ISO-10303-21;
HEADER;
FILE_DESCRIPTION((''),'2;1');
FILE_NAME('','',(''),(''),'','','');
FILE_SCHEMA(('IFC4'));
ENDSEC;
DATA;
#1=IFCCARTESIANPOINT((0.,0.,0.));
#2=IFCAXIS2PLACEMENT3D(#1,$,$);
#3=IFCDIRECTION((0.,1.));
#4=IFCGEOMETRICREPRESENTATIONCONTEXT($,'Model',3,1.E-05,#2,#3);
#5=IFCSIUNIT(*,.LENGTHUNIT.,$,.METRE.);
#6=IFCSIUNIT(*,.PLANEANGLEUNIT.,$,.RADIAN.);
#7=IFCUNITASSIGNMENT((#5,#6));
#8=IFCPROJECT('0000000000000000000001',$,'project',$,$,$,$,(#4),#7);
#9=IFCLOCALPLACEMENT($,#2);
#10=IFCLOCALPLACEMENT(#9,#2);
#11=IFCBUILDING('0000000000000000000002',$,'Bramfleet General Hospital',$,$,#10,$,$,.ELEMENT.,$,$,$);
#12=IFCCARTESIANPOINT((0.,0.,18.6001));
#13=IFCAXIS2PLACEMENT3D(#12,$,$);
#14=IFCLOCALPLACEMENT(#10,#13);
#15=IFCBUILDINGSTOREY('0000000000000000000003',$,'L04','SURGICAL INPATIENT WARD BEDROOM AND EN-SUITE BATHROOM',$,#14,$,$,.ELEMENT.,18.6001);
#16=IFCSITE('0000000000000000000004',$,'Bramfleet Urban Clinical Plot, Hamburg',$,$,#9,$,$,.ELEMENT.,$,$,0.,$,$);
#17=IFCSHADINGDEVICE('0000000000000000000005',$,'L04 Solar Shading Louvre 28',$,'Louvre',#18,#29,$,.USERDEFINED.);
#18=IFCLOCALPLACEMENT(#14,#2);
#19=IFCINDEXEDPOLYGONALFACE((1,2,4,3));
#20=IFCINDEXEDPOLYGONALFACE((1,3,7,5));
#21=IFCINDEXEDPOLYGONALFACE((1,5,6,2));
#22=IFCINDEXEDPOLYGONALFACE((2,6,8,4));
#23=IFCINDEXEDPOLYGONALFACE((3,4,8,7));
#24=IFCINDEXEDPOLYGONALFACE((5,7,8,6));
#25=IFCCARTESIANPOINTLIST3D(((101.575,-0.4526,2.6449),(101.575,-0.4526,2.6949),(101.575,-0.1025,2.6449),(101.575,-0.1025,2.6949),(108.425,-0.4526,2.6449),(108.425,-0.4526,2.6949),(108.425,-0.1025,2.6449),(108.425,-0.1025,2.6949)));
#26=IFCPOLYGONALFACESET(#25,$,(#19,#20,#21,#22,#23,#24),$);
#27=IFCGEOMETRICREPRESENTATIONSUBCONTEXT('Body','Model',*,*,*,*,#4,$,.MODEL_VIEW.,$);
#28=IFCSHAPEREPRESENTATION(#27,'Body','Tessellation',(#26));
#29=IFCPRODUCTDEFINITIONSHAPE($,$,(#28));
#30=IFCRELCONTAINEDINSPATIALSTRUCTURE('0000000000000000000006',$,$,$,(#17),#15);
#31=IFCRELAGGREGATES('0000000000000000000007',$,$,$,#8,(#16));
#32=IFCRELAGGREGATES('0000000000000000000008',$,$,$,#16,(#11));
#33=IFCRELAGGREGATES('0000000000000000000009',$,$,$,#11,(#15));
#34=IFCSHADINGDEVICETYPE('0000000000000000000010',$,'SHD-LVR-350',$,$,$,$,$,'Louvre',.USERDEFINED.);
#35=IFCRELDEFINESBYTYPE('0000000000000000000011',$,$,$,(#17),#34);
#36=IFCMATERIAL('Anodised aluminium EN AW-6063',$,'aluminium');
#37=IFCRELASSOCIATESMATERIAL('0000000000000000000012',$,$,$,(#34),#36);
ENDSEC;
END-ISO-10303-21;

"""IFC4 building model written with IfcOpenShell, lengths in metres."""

from ifc_helpers import new_model, si_unit, direction, frame, origin, origin_2d, place, context, subcontext, project, spatial, rectangle, extrude, material, material_profile, profile_set, type_object, element, save


model = new_model("IFC4")

# Units and contexts
model_context = context("Model", 3, precision=1e-05, world=origin(), true_north=direction((0.0, 1.0)))
body_context = subcontext(model_context, "Body", "Model", "MODEL_VIEW")
ifc_project = project(units=[si_unit("LENGTHUNIT", "METRE"), si_unit("PLANEANGLEUNIT", "RADIAN")], contexts=[model_context])

# Site, building, storey
site_placement = place(None, origin())
site = spatial("IfcSite", under=ifc_project, at=site_placement, Name="Bramfleet Urban Clinical Plot, Hamburg", CompositionType="ELEMENT", RefElevation=0.0)
building_placement = place(site_placement, origin())
building = spatial("IfcBuilding", under=site, at=building_placement, Name="Bramfleet General Hospital", CompositionType="ELEMENT")
storey_placement = place(building_placement, frame((0.0, 0.0, 18.6001)))
storey = spatial("IfcBuildingStorey", under=building, at=storey_placement, Name="L04", Description="SURGICAL INPATIENT WARD BEDROOM AND EN-SUITE BATHROOM", CompositionType="ELEMENT", Elevation=18.6001)

# Shading device
ifc_material_1 = material(Name="Anodised aluminium EN AW-6063", Category="aluminium")
ifc_material_profile_1 = material_profile(ifc_material_1, rectangle(XDim=0.05, YDim=0.3501, at=origin_2d()), Name="ALU LOUVRE 350x50")
ifc_profile_set_1 = profile_set([ifc_material_profile_1], Name="Anodised aluminium EN AW-6063")
shading_device_type = type_object("IfcShadingDeviceType", Name="SHD-LVR-350", ElementType="Louvre", PredefinedType="USERDEFINED", material=ifc_profile_set_1)
shading_device_placement = place(storey_placement, frame((108.425, -0.2776, 2.6699), z_axis=(-1.0, 0.0, 0.0), x_axis=(0.0, 0.0, 1.0)))
element("IfcShadingDevice", 1, at=shading_device_placement, inside=storey, type_object=shading_device_type, Name="L04 Solar Shading Louvre 28", ObjectType="Louvre", PredefinedType="USERDEFINED", context=body_context, shape_type="SweptSolid", body=[
    extrude(rectangle(XDim=0.05, YDim=0.3501, at=origin_2d()), origin(), (0.0, 0.0, 1.0), 6.8501),
])

save(model, "model.ifc")
